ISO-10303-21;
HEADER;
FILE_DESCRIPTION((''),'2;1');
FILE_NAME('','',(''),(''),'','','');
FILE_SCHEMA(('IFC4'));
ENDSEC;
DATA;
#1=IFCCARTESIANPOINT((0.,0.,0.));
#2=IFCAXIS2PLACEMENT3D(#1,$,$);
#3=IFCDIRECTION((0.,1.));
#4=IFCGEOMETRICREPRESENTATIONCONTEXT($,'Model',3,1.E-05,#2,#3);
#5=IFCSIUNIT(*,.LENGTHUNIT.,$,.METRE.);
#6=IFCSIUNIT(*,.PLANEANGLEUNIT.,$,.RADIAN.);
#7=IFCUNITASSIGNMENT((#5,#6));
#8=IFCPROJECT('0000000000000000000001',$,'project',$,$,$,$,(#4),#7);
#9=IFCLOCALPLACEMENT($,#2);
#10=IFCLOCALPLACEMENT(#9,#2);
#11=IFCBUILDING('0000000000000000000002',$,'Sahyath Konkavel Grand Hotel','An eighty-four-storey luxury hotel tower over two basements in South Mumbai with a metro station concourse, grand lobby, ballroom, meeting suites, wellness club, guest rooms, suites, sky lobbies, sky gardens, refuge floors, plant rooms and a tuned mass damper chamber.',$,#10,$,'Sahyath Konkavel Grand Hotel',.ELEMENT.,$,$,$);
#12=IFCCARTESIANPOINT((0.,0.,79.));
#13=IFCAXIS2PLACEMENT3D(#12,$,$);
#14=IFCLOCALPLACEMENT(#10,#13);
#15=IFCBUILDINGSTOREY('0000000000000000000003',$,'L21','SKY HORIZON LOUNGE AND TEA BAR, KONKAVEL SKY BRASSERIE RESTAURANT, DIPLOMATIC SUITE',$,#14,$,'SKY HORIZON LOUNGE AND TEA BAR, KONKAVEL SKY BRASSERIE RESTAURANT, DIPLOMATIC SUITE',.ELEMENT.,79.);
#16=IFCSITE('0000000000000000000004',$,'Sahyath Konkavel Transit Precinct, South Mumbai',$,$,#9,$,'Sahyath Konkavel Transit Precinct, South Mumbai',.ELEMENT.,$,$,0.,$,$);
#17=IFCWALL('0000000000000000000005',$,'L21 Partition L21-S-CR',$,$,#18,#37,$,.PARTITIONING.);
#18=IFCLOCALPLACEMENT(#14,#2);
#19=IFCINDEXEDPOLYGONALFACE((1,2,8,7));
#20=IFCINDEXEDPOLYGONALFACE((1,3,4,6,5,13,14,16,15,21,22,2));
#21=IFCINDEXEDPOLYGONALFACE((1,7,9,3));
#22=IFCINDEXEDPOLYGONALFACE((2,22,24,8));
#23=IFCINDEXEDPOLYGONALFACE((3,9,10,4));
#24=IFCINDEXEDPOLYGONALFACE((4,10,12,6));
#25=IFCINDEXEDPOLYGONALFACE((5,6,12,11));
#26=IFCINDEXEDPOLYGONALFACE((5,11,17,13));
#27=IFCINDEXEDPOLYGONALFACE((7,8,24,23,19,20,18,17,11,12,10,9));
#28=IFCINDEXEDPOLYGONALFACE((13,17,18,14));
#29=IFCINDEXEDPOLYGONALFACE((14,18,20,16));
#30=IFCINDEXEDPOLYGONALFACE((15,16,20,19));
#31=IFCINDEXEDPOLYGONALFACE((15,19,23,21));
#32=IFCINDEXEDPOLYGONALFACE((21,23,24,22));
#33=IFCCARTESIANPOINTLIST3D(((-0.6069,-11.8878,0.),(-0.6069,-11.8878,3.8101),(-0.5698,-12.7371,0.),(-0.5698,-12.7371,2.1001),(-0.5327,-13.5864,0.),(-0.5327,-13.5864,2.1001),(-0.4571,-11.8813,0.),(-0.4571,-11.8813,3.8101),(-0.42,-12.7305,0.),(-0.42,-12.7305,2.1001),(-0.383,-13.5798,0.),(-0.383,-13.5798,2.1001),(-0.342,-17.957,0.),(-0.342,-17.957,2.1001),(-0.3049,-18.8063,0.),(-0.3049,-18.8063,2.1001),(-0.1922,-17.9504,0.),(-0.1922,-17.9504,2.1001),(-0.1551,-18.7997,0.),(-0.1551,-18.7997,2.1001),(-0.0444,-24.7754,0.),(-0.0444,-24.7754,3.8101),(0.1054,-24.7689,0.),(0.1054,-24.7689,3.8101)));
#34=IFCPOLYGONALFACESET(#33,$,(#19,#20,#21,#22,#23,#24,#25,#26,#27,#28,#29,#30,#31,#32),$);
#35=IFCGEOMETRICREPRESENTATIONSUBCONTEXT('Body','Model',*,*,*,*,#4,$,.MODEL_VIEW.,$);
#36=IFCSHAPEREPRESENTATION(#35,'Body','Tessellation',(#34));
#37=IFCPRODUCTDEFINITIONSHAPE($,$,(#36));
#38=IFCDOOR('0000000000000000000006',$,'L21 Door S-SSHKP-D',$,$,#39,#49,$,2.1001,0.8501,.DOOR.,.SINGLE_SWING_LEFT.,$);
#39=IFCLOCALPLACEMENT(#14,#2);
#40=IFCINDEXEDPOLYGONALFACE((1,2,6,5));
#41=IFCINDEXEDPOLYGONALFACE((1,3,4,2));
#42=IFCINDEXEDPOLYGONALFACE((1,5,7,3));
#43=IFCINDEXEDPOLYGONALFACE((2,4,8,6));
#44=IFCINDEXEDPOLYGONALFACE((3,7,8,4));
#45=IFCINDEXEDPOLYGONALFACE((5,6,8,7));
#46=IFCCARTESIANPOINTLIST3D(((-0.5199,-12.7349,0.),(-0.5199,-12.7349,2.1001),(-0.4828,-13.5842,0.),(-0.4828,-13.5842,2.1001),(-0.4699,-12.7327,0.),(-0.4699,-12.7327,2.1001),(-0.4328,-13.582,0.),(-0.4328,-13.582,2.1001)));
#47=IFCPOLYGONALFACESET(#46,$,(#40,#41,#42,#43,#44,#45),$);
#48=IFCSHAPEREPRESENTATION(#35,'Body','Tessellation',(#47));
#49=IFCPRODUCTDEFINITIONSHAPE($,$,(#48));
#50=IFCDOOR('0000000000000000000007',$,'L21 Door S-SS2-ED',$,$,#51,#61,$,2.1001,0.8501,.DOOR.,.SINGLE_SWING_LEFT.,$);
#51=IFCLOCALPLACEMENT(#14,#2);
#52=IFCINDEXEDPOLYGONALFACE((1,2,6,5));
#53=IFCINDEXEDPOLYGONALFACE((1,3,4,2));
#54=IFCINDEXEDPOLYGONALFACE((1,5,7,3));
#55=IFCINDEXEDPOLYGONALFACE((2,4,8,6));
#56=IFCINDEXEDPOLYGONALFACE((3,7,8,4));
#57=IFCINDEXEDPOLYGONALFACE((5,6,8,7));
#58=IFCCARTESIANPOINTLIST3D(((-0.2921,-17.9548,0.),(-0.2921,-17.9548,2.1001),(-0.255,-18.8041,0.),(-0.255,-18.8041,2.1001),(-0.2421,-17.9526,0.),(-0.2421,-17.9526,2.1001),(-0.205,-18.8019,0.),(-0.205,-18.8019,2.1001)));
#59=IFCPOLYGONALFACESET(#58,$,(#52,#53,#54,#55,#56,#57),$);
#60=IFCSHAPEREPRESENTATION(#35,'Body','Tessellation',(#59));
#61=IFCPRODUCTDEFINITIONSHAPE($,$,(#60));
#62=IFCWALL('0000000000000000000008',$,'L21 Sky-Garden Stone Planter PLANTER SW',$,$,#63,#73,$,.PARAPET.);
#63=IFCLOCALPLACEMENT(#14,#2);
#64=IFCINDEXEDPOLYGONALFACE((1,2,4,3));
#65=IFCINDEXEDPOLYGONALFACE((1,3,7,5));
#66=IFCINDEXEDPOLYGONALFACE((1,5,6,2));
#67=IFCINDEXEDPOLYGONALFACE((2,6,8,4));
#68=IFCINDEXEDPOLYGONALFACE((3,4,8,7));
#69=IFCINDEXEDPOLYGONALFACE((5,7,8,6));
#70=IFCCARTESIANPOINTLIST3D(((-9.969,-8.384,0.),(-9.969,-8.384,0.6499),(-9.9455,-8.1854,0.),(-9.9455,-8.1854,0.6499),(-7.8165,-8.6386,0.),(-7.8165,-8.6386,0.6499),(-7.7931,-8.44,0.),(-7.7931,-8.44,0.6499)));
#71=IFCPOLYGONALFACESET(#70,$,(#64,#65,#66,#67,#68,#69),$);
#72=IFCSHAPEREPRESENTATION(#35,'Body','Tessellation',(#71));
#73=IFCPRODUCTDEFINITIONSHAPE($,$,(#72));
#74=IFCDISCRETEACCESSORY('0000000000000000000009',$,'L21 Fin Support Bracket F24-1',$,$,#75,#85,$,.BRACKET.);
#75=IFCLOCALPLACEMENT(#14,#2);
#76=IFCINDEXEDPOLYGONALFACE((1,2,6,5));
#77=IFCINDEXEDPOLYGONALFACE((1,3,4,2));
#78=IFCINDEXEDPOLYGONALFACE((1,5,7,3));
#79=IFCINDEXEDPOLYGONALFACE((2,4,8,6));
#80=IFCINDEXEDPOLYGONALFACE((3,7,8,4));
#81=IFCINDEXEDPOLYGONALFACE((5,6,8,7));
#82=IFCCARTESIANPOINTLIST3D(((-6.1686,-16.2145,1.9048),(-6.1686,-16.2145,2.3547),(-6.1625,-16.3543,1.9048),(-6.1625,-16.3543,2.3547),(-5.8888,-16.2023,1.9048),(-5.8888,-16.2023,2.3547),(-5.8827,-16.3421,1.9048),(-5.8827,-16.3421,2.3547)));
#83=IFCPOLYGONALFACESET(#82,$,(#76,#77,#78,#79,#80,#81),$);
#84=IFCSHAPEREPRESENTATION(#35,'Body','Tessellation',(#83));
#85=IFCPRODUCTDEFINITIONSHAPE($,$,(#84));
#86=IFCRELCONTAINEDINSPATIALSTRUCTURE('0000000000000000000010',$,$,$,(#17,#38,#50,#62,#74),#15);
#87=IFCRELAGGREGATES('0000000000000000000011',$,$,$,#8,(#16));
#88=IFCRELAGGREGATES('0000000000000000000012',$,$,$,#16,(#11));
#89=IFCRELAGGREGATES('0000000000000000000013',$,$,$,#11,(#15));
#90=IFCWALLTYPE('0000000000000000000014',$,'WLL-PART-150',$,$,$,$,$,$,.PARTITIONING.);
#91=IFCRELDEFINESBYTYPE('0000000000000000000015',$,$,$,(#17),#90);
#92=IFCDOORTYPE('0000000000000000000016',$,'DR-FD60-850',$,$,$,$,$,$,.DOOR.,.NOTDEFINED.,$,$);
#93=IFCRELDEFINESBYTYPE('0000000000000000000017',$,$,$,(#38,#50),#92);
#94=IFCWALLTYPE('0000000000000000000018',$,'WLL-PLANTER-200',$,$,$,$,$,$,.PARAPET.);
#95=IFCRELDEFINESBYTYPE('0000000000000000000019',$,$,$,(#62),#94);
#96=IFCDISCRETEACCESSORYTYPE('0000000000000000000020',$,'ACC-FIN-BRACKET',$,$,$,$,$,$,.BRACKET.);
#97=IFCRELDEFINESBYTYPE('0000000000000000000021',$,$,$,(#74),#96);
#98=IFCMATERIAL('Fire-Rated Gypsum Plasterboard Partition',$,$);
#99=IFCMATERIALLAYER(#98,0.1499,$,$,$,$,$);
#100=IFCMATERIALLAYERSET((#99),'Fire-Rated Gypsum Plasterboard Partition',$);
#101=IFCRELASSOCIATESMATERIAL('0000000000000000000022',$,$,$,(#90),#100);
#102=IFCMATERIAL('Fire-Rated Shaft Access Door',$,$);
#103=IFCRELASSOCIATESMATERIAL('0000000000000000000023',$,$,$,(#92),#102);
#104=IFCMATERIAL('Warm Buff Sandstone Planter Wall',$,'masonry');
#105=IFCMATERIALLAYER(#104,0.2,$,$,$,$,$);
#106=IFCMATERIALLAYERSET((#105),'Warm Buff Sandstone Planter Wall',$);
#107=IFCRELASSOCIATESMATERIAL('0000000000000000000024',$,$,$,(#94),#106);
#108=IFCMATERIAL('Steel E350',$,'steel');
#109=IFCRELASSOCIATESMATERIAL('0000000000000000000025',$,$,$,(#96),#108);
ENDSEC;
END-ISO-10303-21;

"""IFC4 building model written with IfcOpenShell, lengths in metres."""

from ifc_helpers import new_model, si_unit, direction, frame, frame_2d, origin, origin_2d, place, context, subcontext, project, spatial, rectangle, extrude, source, transform, mapped, material, layer, layer_set, type_object, element, fill, save


model = new_model("IFC4")

# Units and contexts
model_context = context("Model", 3, precision=1e-05, world=origin(), true_north=direction((0.0, 1.0)))
body_context = subcontext(model_context, "Body", "Model", "MODEL_VIEW")
ifc_project = project(units=[si_unit("LENGTHUNIT", "METRE"), si_unit("PLANEANGLEUNIT", "RADIAN")], contexts=[model_context])

# Site, building, storey
site_placement = place(None, origin())
site = spatial("IfcSite", under=ifc_project, at=site_placement, Name="Sahyath Konkavel Transit Precinct, South Mumbai", LongName="Sahyath Konkavel Transit Precinct, South Mumbai", CompositionType="ELEMENT", RefElevation=0.0)
building_placement = place(site_placement, origin())
building = spatial("IfcBuilding", under=site, at=building_placement, Name="Sahyath Konkavel Grand Hotel", Description="An eighty-four-storey luxury hotel tower over two basements in South Mumbai with a metro station concourse, grand lobby, ballroom, meeting suites, wellness club, guest rooms, suites, sky lobbies, sky gardens, refuge floors, plant rooms and a tuned mass damper chamber.", LongName="Sahyath Konkavel Grand Hotel", CompositionType="ELEMENT")
storey_placement = place(building_placement, frame((0.0, 0.0, 79.0)))
storey = spatial("IfcBuildingStorey", under=building, at=storey_placement, Name="L21", Description="SKY HORIZON LOUNGE AND TEA BAR, KONKAVEL SKY BRASSERIE RESTAURANT, DIPLOMATIC SUITE", LongName="SKY HORIZON LOUNGE AND TEA BAR, KONKAVEL SKY BRASSERIE RESTAURANT, DIPLOMATIC SUITE", CompositionType="ELEMENT", Elevation=79.0)

# Shared definitions
ifc_material_1 = material(Name="Steel E350", Category="steel")

# Wall, openings, doors
ifc_material_2 = material(Name="Fire-Rated Gypsum Plasterboard Partition")
ifc_layer_1 = layer(ifc_material_2, 0.1499)
ifc_layer_set_1 = layer_set([ifc_layer_1], Name="Fire-Rated Gypsum Plasterboard Partition")
wall_type_1 = type_object("IfcWallType", Name="WLL-PART-150", PredefinedType="PARTITIONING", material=ifc_layer_set_1)
wall_1_placement = place(storey_placement, frame((-0.532, -11.8845, 0.0), z_axis=(0.0, 0.0, 1.0), x_axis=(0.043605, -0.999049, 0.0)))
wall_1 = element("IfcWall", 1, at=wall_1_placement, inside=storey, type_object=wall_type_1, Name="L21 Partition L21-S-CR", PredefinedType="PARTITIONING", context=body_context, shape_type="SweptSolid", body=[
    extrude(rectangle(XDim=12.8999, YDim=0.1499, at=frame_2d((6.45, 0.0))), origin(), (0.0, 0.0, 1.0), 3.8101),
])
opening_1_placement = place(wall_1_placement, frame((0.8501, 0.0, 0.0)))
opening_1 = element("IfcOpeningElement", 2, at=opening_1_placement, cuts=wall_1, PredefinedType="OPENING", context=body_context, shape_type="SweptSolid", body=[
    extrude(rectangle(XDim=0.8501, YDim=2.1001, at=frame_2d((0.425, 1.05))), frame((0.0, 0.085, 0.0), z_axis=(0.0, -1.0, 0.0), x_axis=(1.0, 0.0, 0.0)), (0.0, 0.0, 1.0), 0.1699),
])
opening_2_placement = place(wall_1_placement, frame((6.075, 0.0, 0.0)))
opening_2 = element("IfcOpeningElement", 3, at=opening_2_placement, cuts=wall_1, PredefinedType="OPENING", context=body_context, shape_type="SweptSolid", body=[
    extrude(rectangle(XDim=0.8501, YDim=2.1001, at=frame_2d((0.425, 1.05))), frame((0.0, 0.085, 0.0), z_axis=(0.0, -1.0, 0.0), x_axis=(1.0, 0.0, 0.0)), (0.0, 0.0, 1.0), 0.1699),
])
ifc_material_3 = material(Name="Fire-Rated Shaft Access Door")
door_type_1 = type_object("IfcDoorType", Name="DR-FD60-850", OperationType="NOTDEFINED", PredefinedType="DOOR", material=ifc_material_3)
shared_shape_1 = source(origin(), body_context, "Body", "SweptSolid", [
    extrude(rectangle(XDim=0.8501, YDim=0.05, at=origin_2d()), origin(), (0.0, 0.0, 1.0), 2.1001),
])
door_1_placement = place(opening_1_placement, frame((0.425, 0.0, 0.0)))
door_1 = element("IfcDoor", 4, at=door_1_placement, inside=storey, type_object=door_type_1, Name="L21 Door S-SSHKP-D", OperationType="SINGLE_SWING_LEFT", OverallHeight=2.1001, OverallWidth=0.8501, PredefinedType="DOOR", context=body_context, shape_type="MappedRepresentation", body=[
    mapped(shared_shape_1, transform((0.0, 0.0, 0.0), scale=1.0)),
])
fill(opening_1, door_1)
door_2_placement = place(opening_2_placement, frame((0.425, 0.0, 0.0)))
door_2 = element("IfcDoor", 5, at=door_2_placement, inside=storey, type_object=door_type_1, Name="L21 Door S-SS2-ED", OperationType="SINGLE_SWING_LEFT", OverallHeight=2.1001, OverallWidth=0.8501, PredefinedType="DOOR", context=body_context, shape_type="MappedRepresentation", body=[
    mapped(shared_shape_1, transform((0.0, 0.0, 0.0), scale=1.0)),
])
fill(opening_2, door_2)

# Wall
ifc_material_4 = material(Name="Warm Buff Sandstone Planter Wall", Category="masonry")
ifc_layer_2 = layer(ifc_material_4, 0.2)
ifc_layer_set_2 = layer_set([ifc_layer_2], Name="Warm Buff Sandstone Planter Wall")
wall_type_2 = type_object("IfcWallType", Name="WLL-PLANTER-200", PredefinedType="PARAPET", material=ifc_layer_set_2)
wall_2_placement = place(storey_placement, frame((-9.9573, -8.2847, 0.0), z_axis=(0.0, 0.0, 1.0), x_axis=(0.993076, -0.117475, 0.0)))
element("IfcWall", 6, at=wall_2_placement, inside=storey, type_object=wall_type_2, Name="L21 Sky-Garden Stone Planter PLANTER SW", PredefinedType="PARAPET", context=body_context, shape_type="SweptSolid", body=[
    extrude(rectangle(XDim=2.1675, YDim=0.2, at=frame_2d((1.0837, 0.0))), origin(), (0.0, 0.0, 1.0), 0.6499),
])

# Discrete accessory
discrete_accessory_type = type_object("IfcDiscreteAccessoryType", Name="ACC-FIN-BRACKET", PredefinedType="BRACKET", material=ifc_material_1)
shared_shape_2 = source(origin(), body_context, "Body", "SweptSolid", [
    extrude(rectangle(XDim=0.28, YDim=0.1399, at=origin_2d()), origin(), (0.0, 0.0, 1.0), 0.45),
])
discrete_accessory_placement = place(storey_placement, frame((-6.0256, -16.2783, 1.9048), z_axis=(0.0, 0.0, 1.0), x_axis=(-0.999048, -0.043619, 0.0)))
element("IfcDiscreteAccessory", 7, at=discrete_accessory_placement, inside=storey, type_object=discrete_accessory_type, Name="L21 Fin Support Bracket F24-1", PredefinedType="BRACKET", context=body_context, shape_type="MappedRepresentation", body=[
    mapped(shared_shape_2, transform((0.0, 0.0, 0.0), scale=1.0)),
])

save(model, "model.ifc")
